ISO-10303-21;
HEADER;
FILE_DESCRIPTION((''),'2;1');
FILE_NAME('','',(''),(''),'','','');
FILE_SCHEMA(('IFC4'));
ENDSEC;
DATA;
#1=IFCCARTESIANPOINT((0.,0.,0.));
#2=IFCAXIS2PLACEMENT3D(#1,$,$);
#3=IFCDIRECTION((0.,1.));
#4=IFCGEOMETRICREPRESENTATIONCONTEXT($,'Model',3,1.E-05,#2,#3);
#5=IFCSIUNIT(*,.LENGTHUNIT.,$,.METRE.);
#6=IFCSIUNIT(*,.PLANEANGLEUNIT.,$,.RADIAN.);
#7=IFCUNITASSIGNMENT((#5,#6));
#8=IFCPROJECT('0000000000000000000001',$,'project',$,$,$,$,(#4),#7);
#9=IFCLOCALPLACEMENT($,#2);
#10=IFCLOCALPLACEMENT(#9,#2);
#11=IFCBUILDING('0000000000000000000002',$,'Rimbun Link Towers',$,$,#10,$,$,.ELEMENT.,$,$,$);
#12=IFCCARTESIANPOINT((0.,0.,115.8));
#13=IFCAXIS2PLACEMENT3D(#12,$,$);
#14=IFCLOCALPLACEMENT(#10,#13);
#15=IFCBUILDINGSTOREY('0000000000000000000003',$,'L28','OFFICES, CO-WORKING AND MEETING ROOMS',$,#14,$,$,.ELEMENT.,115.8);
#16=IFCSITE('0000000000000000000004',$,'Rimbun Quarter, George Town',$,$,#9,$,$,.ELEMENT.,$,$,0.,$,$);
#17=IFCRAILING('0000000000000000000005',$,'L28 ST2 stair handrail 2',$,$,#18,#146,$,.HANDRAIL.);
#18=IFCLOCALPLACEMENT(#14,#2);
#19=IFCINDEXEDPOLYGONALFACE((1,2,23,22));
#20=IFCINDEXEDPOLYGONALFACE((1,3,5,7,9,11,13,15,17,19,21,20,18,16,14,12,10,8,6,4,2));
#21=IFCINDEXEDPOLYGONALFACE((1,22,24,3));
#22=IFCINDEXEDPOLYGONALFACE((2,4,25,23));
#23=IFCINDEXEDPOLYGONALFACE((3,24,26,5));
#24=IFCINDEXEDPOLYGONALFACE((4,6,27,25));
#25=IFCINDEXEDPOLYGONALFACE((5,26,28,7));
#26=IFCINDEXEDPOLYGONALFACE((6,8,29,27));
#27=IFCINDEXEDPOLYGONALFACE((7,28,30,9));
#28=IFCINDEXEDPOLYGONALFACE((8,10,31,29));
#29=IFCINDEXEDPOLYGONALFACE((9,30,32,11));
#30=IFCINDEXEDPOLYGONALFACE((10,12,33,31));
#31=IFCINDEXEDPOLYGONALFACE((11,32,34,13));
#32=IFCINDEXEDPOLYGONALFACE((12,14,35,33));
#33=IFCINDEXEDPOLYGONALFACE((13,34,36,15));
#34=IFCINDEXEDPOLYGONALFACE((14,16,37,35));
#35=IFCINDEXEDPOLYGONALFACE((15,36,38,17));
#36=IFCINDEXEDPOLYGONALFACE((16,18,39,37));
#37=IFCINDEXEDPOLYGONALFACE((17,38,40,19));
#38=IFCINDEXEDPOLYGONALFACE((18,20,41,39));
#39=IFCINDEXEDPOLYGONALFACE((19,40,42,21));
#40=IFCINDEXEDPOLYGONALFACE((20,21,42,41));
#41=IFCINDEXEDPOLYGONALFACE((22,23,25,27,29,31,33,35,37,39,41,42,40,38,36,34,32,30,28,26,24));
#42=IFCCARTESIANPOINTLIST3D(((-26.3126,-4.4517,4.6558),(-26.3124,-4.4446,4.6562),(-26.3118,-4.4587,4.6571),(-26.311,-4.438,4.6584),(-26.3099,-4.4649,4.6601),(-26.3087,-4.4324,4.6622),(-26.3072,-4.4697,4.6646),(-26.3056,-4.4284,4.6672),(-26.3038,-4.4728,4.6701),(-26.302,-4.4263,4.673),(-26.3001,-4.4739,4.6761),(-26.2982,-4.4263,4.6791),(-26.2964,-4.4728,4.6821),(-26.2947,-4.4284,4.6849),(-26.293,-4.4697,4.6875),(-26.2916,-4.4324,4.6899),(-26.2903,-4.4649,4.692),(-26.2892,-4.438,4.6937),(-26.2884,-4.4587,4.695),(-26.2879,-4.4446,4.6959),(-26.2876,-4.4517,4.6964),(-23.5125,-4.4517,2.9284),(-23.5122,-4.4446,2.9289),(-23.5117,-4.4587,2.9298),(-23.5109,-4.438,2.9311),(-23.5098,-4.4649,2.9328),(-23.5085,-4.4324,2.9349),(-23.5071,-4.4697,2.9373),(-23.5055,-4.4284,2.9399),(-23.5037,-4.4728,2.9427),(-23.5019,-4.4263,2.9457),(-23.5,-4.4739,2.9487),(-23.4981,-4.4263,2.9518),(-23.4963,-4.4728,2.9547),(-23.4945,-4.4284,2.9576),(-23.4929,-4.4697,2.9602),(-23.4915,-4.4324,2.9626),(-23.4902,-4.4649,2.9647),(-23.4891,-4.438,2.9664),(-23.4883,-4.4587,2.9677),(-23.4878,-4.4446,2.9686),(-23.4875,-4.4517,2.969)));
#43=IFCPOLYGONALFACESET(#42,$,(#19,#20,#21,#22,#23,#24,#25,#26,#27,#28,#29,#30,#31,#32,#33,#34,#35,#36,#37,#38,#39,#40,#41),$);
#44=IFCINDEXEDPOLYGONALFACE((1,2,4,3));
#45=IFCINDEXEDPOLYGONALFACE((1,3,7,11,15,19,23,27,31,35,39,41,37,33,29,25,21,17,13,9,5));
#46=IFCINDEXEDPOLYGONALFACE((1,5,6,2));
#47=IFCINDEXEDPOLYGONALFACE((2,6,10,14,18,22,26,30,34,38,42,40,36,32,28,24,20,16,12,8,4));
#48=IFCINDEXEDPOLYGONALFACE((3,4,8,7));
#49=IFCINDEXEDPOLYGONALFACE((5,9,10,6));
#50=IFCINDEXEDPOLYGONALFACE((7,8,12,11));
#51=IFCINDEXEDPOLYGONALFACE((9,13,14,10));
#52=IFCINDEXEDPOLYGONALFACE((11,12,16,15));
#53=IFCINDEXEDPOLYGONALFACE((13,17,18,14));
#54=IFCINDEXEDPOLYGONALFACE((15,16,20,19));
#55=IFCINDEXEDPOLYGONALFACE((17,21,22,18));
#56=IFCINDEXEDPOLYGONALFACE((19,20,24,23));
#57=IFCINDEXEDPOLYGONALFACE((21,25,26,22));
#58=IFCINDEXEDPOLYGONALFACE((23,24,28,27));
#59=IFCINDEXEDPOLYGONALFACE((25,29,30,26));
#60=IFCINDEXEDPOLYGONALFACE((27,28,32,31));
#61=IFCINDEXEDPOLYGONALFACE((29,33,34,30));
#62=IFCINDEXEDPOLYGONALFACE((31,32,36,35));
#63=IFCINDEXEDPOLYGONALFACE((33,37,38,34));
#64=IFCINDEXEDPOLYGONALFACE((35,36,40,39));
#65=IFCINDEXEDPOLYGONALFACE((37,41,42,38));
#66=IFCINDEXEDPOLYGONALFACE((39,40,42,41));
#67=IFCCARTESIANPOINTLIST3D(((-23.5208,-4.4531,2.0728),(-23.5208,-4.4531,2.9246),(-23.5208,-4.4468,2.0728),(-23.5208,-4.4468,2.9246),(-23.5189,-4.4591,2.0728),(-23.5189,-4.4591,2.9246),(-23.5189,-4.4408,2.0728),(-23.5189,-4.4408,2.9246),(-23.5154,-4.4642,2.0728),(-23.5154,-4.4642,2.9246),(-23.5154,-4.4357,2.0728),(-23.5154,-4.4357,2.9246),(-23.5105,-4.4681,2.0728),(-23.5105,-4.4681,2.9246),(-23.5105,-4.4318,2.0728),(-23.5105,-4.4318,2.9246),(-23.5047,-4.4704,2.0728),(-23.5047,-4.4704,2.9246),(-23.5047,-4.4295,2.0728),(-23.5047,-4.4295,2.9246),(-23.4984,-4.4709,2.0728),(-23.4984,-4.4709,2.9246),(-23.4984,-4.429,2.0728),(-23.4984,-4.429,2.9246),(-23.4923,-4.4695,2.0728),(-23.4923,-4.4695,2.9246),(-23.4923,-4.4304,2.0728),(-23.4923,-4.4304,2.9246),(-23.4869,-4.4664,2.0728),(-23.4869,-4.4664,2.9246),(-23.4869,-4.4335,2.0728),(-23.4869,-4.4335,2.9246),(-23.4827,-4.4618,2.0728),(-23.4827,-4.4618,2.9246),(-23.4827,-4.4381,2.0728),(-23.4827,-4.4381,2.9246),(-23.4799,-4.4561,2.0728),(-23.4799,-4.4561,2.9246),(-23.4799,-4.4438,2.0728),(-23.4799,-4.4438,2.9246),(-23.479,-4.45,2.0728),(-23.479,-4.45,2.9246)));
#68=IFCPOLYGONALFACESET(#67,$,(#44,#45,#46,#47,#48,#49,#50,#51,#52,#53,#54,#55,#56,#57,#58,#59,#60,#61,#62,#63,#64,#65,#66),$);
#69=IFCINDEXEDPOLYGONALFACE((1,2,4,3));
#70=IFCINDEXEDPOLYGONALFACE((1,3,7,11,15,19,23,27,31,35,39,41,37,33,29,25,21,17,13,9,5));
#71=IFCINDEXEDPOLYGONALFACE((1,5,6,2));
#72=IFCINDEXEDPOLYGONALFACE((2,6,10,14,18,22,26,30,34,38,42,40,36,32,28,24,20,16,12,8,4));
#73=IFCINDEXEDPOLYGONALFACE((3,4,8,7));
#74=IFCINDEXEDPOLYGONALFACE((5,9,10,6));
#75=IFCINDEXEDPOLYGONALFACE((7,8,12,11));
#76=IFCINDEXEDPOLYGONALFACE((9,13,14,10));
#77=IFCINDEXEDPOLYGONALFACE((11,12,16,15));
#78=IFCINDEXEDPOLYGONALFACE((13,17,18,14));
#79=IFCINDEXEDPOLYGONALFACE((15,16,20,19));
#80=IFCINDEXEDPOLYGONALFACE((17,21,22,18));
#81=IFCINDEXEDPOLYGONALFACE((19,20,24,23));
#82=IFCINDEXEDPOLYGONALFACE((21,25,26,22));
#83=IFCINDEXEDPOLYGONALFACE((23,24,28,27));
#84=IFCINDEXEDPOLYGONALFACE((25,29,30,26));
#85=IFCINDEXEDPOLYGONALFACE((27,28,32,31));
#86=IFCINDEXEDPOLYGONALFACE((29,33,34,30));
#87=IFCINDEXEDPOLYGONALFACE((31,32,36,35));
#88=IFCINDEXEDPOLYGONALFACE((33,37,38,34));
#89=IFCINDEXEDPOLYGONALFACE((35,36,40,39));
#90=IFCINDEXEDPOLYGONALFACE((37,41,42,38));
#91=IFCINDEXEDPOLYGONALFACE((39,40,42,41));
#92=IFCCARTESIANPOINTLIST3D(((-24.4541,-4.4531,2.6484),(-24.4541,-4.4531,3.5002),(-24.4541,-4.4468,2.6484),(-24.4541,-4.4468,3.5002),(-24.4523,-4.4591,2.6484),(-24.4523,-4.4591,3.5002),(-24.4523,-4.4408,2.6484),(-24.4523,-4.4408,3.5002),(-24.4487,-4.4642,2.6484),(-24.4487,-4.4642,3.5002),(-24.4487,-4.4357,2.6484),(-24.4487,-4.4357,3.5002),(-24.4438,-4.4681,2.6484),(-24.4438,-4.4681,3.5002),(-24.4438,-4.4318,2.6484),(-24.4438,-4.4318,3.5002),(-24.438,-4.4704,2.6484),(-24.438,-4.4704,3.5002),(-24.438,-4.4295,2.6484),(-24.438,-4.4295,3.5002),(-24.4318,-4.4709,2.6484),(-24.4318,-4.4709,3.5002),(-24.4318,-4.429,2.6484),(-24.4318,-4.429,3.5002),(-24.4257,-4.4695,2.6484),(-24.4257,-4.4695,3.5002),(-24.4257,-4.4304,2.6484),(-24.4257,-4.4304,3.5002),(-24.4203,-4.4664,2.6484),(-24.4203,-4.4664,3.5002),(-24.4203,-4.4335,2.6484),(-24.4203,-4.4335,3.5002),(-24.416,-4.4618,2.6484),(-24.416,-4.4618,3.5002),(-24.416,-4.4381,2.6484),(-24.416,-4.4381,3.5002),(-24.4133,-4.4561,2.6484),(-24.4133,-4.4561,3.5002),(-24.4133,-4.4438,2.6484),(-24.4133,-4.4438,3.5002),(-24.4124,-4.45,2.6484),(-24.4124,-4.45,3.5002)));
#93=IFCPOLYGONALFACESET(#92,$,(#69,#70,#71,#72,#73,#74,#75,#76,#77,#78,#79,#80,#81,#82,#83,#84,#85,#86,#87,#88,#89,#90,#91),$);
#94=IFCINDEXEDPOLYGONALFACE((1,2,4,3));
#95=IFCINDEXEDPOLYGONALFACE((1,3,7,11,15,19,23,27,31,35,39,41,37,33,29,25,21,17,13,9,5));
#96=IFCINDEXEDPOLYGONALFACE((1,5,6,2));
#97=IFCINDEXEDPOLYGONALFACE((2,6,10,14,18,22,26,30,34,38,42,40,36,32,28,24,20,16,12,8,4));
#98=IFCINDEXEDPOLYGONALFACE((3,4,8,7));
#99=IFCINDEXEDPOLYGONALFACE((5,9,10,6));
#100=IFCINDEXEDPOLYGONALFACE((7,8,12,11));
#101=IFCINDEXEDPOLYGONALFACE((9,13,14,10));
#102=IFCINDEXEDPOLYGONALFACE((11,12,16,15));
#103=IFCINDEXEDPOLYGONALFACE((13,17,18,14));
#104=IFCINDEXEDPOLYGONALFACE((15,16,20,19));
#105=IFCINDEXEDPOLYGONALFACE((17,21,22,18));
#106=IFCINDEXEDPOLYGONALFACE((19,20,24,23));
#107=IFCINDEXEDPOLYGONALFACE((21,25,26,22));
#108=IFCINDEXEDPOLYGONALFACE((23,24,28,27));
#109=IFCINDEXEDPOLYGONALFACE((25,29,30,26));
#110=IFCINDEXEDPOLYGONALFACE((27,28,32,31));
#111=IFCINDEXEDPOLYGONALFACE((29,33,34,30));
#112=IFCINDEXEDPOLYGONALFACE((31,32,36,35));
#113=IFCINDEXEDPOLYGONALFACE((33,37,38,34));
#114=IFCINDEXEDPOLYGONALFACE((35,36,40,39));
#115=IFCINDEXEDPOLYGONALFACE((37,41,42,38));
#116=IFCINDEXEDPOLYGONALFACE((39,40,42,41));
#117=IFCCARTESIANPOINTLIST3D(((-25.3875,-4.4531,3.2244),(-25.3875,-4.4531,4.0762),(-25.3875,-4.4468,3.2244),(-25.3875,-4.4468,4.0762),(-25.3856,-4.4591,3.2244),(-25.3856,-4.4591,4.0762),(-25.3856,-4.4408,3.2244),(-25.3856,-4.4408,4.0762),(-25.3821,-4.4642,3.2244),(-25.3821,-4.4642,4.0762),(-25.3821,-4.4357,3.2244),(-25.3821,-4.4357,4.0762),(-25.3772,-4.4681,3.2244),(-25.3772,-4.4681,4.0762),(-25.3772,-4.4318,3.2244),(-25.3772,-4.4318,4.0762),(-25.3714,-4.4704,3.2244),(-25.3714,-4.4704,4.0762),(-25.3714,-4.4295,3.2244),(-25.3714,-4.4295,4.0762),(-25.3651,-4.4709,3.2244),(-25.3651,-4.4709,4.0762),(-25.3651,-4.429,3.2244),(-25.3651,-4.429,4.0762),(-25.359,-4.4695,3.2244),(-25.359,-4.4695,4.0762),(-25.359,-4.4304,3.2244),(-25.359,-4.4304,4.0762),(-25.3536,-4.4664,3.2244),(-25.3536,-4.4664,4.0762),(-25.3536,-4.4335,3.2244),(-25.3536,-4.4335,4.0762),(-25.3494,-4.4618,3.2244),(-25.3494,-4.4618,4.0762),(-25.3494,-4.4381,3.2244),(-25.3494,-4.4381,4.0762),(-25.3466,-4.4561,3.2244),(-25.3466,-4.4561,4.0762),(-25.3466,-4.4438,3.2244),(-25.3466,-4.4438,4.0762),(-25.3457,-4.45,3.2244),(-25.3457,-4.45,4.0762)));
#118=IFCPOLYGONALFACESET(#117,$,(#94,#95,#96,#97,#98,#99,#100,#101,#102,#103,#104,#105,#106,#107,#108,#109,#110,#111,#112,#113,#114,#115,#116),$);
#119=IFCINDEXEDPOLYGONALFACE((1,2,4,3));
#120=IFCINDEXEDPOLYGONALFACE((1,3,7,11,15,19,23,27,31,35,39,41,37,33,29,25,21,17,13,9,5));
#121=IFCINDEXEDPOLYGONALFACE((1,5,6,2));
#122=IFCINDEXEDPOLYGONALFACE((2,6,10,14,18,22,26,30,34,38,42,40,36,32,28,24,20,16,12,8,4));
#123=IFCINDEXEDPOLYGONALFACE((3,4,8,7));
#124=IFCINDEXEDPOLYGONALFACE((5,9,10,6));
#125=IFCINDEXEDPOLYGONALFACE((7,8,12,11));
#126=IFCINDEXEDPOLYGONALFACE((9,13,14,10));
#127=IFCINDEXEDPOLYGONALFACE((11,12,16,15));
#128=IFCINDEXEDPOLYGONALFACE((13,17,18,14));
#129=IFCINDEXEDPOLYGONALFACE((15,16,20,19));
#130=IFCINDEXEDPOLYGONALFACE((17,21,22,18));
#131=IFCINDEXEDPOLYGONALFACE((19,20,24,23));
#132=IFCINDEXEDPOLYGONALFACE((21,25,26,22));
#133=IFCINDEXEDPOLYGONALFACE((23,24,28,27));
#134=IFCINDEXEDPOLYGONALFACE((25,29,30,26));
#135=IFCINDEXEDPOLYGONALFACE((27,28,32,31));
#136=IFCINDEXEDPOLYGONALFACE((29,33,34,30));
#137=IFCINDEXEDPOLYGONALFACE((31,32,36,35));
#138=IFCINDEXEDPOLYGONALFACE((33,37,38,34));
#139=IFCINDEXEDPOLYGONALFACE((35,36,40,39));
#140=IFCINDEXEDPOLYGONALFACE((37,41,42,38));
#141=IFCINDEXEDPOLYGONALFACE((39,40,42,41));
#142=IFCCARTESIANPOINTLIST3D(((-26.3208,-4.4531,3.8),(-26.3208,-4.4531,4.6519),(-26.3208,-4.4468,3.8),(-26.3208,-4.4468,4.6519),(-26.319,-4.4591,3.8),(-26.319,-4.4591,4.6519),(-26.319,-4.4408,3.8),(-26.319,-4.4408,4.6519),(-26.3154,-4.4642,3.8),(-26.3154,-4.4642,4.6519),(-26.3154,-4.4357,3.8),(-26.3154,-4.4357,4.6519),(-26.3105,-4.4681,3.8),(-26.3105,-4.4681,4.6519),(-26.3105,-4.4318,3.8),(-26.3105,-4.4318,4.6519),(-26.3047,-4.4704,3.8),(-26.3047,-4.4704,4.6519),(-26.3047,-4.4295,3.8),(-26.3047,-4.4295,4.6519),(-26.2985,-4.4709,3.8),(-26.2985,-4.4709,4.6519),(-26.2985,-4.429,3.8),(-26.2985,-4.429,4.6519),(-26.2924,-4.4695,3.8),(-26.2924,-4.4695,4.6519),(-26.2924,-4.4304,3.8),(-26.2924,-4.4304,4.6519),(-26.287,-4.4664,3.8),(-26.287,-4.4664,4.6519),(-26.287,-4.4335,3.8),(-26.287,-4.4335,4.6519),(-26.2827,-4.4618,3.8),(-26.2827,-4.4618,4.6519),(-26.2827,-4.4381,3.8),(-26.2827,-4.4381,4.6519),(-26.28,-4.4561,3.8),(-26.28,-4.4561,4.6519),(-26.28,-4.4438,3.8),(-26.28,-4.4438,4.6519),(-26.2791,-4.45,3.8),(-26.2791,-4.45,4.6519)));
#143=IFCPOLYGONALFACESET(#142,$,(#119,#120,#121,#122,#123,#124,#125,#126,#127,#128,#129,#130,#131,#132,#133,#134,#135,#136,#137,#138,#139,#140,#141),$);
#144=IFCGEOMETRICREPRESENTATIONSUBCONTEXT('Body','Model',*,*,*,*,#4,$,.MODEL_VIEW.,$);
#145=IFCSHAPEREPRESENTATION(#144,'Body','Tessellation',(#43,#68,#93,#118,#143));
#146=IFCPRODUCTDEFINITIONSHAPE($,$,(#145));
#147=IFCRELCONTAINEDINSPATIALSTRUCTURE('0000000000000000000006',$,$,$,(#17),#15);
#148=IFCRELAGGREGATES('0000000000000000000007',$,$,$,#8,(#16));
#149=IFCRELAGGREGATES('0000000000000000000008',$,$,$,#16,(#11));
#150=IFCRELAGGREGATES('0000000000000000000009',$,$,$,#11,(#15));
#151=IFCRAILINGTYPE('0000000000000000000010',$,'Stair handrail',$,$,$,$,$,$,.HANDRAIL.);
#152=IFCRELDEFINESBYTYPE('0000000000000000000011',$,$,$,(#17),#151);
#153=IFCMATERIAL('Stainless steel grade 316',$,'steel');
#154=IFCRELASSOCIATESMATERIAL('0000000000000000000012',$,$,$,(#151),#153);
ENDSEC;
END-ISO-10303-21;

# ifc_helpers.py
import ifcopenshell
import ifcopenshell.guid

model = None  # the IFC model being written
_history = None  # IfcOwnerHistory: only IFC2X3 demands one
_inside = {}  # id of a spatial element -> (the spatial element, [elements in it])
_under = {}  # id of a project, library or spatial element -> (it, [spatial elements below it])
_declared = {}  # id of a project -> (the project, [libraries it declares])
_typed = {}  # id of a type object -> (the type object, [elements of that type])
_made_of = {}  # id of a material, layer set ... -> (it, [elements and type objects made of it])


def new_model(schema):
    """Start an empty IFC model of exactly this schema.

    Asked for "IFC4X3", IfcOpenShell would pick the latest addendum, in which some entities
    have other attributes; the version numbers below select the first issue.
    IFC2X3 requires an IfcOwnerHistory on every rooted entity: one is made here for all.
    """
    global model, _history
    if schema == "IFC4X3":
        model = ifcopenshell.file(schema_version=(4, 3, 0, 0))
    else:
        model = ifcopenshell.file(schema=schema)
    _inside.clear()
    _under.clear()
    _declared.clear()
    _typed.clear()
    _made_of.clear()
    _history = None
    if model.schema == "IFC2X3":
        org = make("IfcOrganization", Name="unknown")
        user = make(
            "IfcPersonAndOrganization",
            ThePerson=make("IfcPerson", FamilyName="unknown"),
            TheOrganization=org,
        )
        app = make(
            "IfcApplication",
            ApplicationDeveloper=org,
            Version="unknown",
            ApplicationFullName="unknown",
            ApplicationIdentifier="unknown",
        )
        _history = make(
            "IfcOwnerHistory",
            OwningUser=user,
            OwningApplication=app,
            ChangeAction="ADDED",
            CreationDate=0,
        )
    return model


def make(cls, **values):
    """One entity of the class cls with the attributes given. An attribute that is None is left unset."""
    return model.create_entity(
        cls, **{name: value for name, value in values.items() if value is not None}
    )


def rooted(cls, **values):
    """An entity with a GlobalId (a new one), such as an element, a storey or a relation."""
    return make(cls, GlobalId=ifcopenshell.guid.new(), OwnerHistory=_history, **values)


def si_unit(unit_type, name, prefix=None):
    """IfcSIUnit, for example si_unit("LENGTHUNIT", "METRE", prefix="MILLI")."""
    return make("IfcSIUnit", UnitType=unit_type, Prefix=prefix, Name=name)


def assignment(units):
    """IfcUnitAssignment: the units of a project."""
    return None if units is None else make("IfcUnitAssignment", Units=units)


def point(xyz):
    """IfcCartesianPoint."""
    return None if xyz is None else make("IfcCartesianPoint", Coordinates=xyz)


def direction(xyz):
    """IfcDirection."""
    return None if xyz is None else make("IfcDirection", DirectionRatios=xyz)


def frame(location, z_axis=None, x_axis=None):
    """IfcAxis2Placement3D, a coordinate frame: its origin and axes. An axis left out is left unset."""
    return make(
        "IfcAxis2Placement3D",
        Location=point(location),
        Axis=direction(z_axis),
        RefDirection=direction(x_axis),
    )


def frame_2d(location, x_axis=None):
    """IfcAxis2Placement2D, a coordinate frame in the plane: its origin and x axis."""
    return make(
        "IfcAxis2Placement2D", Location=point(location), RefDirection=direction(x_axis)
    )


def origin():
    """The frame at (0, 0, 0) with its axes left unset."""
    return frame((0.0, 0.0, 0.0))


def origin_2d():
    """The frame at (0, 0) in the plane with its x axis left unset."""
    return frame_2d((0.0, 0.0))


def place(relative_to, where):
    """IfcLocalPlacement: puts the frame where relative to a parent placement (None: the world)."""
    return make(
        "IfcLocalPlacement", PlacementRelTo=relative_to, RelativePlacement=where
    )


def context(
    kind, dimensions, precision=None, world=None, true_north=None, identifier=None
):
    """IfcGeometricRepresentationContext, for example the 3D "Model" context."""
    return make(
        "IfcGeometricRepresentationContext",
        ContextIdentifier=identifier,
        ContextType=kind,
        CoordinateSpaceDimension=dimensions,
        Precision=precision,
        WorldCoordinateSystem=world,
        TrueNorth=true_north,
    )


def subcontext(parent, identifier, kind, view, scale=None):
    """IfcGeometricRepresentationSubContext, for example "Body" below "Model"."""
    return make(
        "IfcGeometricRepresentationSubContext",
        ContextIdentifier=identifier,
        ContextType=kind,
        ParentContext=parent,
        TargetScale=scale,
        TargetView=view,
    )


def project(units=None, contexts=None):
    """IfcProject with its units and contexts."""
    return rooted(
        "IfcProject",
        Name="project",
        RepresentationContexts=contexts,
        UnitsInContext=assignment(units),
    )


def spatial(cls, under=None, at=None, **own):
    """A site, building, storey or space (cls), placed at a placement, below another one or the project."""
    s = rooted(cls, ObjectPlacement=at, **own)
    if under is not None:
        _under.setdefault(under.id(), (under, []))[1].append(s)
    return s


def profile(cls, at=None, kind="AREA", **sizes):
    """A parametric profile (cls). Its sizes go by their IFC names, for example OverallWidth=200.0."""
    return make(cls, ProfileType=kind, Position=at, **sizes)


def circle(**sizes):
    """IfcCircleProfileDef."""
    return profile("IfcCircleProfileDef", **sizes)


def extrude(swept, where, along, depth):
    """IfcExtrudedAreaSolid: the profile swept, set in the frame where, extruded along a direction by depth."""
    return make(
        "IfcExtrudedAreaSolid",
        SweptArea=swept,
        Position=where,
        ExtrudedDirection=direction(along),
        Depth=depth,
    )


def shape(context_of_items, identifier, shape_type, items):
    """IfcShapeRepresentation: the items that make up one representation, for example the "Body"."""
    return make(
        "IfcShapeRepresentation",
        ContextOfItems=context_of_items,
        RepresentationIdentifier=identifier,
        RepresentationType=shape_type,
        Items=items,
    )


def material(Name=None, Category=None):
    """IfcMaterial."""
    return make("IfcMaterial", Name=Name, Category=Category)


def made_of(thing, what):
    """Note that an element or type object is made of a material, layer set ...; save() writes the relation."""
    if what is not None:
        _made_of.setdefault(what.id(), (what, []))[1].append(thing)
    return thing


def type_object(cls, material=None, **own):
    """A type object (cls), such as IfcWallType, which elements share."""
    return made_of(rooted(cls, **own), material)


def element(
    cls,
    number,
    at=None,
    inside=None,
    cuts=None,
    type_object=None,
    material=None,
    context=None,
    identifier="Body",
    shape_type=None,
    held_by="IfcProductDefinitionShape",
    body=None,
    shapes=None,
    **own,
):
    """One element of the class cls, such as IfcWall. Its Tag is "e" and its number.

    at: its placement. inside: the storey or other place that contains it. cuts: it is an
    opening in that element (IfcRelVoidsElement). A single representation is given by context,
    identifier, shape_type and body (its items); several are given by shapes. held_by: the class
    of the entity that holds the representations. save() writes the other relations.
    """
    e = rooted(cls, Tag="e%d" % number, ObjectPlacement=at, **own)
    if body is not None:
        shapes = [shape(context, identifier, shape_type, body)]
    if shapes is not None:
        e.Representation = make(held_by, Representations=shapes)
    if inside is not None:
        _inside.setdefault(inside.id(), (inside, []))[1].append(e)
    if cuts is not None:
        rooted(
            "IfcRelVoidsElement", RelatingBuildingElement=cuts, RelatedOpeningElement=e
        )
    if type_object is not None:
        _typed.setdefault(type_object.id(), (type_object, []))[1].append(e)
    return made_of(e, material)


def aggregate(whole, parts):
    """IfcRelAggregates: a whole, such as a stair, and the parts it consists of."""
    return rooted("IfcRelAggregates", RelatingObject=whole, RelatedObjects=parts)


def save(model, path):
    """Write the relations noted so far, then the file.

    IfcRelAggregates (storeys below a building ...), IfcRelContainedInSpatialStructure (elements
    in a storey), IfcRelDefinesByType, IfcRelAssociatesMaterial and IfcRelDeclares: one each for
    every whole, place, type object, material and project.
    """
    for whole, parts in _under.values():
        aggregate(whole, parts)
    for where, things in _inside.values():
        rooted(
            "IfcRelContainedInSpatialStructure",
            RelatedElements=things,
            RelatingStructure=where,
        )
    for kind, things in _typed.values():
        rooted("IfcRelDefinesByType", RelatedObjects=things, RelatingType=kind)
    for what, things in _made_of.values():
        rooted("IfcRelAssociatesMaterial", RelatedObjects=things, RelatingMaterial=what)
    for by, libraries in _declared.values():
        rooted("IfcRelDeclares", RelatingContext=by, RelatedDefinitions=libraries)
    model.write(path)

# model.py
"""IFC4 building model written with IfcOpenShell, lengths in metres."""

from ifc_helpers import new_model, si_unit, direction, frame, origin, origin_2d, place, context, subcontext, project, spatial, circle, extrude, material, type_object, element, save


model = new_model("IFC4")

# Units and contexts
model_context = context("Model", 3, precision=1e-05, world=origin(), true_north=direction((0.0, 1.0)))
body_context = subcontext(model_context, "Body", "Model", "MODEL_VIEW")
ifc_project = project(units=[si_unit("LENGTHUNIT", "METRE"), si_unit("PLANEANGLEUNIT", "RADIAN")], contexts=[model_context])

# Site, building, storey
site_placement = place(None, origin())
site = spatial("IfcSite", under=ifc_project, at=site_placement, Name="Rimbun Quarter, George Town", CompositionType="ELEMENT", RefElevation=0.0)
building_placement = place(site_placement, origin())
building = spatial("IfcBuilding", under=site, at=building_placement, Name="Rimbun Link Towers", CompositionType="ELEMENT")
storey_placement = place(building_placement, frame((0.0, 0.0, 115.8)))
storey = spatial("IfcBuildingStorey", under=building, at=storey_placement, Name="L28", Description="OFFICES, CO-WORKING AND MEETING ROOMS", CompositionType="ELEMENT", Elevation=115.8)

# Railing
ifc_material_1 = material(Name="Stainless steel grade 316", Category="steel")
railing_type_1 = type_object("IfcRailingType", Name="Stair handrail", PredefinedType="HANDRAIL", material=ifc_material_1)
railing_1_placement = place(storey_placement, frame((-23.5, -4.45, 2.0728)))
element("IfcRailing", 1, at=railing_1_placement, inside=storey, type_object=railing_type_1, Name="L28 ST2 stair handrail 2", PredefinedType="HANDRAIL", context=body_context, shape_type="SweptSolid", body=[
    extrude(circle(Radius=0.0239, at=origin_2d()), frame((0.0, 0.0, 0.876), z_axis=(-0.85109, 0.0, 0.52502), x_axis=(0.0, -1.0, 0.0)), (0.0, 0.0, 1.0), 3.29),
    extrude(circle(Radius=0.021, at=origin_2d()), origin(), (0.0, 0.0, 1.0), 0.8518),
    extrude(circle(Radius=0.021, at=origin_2d()), frame((-0.9333, 0.0, 0.5757)), (0.0, 0.0, 1.0), 0.8518),
    extrude(circle(Radius=0.021, at=origin_2d()), frame((-1.8667, 0.0, 1.1516)), (0.0, 0.0, 1.0), 0.8518),
    extrude(circle(Radius=0.021, at=origin_2d()), frame((-2.8, 0.0, 1.7273)), (0.0, 0.0, 1.0), 0.8518),
])

save(model, "model.ifc")
